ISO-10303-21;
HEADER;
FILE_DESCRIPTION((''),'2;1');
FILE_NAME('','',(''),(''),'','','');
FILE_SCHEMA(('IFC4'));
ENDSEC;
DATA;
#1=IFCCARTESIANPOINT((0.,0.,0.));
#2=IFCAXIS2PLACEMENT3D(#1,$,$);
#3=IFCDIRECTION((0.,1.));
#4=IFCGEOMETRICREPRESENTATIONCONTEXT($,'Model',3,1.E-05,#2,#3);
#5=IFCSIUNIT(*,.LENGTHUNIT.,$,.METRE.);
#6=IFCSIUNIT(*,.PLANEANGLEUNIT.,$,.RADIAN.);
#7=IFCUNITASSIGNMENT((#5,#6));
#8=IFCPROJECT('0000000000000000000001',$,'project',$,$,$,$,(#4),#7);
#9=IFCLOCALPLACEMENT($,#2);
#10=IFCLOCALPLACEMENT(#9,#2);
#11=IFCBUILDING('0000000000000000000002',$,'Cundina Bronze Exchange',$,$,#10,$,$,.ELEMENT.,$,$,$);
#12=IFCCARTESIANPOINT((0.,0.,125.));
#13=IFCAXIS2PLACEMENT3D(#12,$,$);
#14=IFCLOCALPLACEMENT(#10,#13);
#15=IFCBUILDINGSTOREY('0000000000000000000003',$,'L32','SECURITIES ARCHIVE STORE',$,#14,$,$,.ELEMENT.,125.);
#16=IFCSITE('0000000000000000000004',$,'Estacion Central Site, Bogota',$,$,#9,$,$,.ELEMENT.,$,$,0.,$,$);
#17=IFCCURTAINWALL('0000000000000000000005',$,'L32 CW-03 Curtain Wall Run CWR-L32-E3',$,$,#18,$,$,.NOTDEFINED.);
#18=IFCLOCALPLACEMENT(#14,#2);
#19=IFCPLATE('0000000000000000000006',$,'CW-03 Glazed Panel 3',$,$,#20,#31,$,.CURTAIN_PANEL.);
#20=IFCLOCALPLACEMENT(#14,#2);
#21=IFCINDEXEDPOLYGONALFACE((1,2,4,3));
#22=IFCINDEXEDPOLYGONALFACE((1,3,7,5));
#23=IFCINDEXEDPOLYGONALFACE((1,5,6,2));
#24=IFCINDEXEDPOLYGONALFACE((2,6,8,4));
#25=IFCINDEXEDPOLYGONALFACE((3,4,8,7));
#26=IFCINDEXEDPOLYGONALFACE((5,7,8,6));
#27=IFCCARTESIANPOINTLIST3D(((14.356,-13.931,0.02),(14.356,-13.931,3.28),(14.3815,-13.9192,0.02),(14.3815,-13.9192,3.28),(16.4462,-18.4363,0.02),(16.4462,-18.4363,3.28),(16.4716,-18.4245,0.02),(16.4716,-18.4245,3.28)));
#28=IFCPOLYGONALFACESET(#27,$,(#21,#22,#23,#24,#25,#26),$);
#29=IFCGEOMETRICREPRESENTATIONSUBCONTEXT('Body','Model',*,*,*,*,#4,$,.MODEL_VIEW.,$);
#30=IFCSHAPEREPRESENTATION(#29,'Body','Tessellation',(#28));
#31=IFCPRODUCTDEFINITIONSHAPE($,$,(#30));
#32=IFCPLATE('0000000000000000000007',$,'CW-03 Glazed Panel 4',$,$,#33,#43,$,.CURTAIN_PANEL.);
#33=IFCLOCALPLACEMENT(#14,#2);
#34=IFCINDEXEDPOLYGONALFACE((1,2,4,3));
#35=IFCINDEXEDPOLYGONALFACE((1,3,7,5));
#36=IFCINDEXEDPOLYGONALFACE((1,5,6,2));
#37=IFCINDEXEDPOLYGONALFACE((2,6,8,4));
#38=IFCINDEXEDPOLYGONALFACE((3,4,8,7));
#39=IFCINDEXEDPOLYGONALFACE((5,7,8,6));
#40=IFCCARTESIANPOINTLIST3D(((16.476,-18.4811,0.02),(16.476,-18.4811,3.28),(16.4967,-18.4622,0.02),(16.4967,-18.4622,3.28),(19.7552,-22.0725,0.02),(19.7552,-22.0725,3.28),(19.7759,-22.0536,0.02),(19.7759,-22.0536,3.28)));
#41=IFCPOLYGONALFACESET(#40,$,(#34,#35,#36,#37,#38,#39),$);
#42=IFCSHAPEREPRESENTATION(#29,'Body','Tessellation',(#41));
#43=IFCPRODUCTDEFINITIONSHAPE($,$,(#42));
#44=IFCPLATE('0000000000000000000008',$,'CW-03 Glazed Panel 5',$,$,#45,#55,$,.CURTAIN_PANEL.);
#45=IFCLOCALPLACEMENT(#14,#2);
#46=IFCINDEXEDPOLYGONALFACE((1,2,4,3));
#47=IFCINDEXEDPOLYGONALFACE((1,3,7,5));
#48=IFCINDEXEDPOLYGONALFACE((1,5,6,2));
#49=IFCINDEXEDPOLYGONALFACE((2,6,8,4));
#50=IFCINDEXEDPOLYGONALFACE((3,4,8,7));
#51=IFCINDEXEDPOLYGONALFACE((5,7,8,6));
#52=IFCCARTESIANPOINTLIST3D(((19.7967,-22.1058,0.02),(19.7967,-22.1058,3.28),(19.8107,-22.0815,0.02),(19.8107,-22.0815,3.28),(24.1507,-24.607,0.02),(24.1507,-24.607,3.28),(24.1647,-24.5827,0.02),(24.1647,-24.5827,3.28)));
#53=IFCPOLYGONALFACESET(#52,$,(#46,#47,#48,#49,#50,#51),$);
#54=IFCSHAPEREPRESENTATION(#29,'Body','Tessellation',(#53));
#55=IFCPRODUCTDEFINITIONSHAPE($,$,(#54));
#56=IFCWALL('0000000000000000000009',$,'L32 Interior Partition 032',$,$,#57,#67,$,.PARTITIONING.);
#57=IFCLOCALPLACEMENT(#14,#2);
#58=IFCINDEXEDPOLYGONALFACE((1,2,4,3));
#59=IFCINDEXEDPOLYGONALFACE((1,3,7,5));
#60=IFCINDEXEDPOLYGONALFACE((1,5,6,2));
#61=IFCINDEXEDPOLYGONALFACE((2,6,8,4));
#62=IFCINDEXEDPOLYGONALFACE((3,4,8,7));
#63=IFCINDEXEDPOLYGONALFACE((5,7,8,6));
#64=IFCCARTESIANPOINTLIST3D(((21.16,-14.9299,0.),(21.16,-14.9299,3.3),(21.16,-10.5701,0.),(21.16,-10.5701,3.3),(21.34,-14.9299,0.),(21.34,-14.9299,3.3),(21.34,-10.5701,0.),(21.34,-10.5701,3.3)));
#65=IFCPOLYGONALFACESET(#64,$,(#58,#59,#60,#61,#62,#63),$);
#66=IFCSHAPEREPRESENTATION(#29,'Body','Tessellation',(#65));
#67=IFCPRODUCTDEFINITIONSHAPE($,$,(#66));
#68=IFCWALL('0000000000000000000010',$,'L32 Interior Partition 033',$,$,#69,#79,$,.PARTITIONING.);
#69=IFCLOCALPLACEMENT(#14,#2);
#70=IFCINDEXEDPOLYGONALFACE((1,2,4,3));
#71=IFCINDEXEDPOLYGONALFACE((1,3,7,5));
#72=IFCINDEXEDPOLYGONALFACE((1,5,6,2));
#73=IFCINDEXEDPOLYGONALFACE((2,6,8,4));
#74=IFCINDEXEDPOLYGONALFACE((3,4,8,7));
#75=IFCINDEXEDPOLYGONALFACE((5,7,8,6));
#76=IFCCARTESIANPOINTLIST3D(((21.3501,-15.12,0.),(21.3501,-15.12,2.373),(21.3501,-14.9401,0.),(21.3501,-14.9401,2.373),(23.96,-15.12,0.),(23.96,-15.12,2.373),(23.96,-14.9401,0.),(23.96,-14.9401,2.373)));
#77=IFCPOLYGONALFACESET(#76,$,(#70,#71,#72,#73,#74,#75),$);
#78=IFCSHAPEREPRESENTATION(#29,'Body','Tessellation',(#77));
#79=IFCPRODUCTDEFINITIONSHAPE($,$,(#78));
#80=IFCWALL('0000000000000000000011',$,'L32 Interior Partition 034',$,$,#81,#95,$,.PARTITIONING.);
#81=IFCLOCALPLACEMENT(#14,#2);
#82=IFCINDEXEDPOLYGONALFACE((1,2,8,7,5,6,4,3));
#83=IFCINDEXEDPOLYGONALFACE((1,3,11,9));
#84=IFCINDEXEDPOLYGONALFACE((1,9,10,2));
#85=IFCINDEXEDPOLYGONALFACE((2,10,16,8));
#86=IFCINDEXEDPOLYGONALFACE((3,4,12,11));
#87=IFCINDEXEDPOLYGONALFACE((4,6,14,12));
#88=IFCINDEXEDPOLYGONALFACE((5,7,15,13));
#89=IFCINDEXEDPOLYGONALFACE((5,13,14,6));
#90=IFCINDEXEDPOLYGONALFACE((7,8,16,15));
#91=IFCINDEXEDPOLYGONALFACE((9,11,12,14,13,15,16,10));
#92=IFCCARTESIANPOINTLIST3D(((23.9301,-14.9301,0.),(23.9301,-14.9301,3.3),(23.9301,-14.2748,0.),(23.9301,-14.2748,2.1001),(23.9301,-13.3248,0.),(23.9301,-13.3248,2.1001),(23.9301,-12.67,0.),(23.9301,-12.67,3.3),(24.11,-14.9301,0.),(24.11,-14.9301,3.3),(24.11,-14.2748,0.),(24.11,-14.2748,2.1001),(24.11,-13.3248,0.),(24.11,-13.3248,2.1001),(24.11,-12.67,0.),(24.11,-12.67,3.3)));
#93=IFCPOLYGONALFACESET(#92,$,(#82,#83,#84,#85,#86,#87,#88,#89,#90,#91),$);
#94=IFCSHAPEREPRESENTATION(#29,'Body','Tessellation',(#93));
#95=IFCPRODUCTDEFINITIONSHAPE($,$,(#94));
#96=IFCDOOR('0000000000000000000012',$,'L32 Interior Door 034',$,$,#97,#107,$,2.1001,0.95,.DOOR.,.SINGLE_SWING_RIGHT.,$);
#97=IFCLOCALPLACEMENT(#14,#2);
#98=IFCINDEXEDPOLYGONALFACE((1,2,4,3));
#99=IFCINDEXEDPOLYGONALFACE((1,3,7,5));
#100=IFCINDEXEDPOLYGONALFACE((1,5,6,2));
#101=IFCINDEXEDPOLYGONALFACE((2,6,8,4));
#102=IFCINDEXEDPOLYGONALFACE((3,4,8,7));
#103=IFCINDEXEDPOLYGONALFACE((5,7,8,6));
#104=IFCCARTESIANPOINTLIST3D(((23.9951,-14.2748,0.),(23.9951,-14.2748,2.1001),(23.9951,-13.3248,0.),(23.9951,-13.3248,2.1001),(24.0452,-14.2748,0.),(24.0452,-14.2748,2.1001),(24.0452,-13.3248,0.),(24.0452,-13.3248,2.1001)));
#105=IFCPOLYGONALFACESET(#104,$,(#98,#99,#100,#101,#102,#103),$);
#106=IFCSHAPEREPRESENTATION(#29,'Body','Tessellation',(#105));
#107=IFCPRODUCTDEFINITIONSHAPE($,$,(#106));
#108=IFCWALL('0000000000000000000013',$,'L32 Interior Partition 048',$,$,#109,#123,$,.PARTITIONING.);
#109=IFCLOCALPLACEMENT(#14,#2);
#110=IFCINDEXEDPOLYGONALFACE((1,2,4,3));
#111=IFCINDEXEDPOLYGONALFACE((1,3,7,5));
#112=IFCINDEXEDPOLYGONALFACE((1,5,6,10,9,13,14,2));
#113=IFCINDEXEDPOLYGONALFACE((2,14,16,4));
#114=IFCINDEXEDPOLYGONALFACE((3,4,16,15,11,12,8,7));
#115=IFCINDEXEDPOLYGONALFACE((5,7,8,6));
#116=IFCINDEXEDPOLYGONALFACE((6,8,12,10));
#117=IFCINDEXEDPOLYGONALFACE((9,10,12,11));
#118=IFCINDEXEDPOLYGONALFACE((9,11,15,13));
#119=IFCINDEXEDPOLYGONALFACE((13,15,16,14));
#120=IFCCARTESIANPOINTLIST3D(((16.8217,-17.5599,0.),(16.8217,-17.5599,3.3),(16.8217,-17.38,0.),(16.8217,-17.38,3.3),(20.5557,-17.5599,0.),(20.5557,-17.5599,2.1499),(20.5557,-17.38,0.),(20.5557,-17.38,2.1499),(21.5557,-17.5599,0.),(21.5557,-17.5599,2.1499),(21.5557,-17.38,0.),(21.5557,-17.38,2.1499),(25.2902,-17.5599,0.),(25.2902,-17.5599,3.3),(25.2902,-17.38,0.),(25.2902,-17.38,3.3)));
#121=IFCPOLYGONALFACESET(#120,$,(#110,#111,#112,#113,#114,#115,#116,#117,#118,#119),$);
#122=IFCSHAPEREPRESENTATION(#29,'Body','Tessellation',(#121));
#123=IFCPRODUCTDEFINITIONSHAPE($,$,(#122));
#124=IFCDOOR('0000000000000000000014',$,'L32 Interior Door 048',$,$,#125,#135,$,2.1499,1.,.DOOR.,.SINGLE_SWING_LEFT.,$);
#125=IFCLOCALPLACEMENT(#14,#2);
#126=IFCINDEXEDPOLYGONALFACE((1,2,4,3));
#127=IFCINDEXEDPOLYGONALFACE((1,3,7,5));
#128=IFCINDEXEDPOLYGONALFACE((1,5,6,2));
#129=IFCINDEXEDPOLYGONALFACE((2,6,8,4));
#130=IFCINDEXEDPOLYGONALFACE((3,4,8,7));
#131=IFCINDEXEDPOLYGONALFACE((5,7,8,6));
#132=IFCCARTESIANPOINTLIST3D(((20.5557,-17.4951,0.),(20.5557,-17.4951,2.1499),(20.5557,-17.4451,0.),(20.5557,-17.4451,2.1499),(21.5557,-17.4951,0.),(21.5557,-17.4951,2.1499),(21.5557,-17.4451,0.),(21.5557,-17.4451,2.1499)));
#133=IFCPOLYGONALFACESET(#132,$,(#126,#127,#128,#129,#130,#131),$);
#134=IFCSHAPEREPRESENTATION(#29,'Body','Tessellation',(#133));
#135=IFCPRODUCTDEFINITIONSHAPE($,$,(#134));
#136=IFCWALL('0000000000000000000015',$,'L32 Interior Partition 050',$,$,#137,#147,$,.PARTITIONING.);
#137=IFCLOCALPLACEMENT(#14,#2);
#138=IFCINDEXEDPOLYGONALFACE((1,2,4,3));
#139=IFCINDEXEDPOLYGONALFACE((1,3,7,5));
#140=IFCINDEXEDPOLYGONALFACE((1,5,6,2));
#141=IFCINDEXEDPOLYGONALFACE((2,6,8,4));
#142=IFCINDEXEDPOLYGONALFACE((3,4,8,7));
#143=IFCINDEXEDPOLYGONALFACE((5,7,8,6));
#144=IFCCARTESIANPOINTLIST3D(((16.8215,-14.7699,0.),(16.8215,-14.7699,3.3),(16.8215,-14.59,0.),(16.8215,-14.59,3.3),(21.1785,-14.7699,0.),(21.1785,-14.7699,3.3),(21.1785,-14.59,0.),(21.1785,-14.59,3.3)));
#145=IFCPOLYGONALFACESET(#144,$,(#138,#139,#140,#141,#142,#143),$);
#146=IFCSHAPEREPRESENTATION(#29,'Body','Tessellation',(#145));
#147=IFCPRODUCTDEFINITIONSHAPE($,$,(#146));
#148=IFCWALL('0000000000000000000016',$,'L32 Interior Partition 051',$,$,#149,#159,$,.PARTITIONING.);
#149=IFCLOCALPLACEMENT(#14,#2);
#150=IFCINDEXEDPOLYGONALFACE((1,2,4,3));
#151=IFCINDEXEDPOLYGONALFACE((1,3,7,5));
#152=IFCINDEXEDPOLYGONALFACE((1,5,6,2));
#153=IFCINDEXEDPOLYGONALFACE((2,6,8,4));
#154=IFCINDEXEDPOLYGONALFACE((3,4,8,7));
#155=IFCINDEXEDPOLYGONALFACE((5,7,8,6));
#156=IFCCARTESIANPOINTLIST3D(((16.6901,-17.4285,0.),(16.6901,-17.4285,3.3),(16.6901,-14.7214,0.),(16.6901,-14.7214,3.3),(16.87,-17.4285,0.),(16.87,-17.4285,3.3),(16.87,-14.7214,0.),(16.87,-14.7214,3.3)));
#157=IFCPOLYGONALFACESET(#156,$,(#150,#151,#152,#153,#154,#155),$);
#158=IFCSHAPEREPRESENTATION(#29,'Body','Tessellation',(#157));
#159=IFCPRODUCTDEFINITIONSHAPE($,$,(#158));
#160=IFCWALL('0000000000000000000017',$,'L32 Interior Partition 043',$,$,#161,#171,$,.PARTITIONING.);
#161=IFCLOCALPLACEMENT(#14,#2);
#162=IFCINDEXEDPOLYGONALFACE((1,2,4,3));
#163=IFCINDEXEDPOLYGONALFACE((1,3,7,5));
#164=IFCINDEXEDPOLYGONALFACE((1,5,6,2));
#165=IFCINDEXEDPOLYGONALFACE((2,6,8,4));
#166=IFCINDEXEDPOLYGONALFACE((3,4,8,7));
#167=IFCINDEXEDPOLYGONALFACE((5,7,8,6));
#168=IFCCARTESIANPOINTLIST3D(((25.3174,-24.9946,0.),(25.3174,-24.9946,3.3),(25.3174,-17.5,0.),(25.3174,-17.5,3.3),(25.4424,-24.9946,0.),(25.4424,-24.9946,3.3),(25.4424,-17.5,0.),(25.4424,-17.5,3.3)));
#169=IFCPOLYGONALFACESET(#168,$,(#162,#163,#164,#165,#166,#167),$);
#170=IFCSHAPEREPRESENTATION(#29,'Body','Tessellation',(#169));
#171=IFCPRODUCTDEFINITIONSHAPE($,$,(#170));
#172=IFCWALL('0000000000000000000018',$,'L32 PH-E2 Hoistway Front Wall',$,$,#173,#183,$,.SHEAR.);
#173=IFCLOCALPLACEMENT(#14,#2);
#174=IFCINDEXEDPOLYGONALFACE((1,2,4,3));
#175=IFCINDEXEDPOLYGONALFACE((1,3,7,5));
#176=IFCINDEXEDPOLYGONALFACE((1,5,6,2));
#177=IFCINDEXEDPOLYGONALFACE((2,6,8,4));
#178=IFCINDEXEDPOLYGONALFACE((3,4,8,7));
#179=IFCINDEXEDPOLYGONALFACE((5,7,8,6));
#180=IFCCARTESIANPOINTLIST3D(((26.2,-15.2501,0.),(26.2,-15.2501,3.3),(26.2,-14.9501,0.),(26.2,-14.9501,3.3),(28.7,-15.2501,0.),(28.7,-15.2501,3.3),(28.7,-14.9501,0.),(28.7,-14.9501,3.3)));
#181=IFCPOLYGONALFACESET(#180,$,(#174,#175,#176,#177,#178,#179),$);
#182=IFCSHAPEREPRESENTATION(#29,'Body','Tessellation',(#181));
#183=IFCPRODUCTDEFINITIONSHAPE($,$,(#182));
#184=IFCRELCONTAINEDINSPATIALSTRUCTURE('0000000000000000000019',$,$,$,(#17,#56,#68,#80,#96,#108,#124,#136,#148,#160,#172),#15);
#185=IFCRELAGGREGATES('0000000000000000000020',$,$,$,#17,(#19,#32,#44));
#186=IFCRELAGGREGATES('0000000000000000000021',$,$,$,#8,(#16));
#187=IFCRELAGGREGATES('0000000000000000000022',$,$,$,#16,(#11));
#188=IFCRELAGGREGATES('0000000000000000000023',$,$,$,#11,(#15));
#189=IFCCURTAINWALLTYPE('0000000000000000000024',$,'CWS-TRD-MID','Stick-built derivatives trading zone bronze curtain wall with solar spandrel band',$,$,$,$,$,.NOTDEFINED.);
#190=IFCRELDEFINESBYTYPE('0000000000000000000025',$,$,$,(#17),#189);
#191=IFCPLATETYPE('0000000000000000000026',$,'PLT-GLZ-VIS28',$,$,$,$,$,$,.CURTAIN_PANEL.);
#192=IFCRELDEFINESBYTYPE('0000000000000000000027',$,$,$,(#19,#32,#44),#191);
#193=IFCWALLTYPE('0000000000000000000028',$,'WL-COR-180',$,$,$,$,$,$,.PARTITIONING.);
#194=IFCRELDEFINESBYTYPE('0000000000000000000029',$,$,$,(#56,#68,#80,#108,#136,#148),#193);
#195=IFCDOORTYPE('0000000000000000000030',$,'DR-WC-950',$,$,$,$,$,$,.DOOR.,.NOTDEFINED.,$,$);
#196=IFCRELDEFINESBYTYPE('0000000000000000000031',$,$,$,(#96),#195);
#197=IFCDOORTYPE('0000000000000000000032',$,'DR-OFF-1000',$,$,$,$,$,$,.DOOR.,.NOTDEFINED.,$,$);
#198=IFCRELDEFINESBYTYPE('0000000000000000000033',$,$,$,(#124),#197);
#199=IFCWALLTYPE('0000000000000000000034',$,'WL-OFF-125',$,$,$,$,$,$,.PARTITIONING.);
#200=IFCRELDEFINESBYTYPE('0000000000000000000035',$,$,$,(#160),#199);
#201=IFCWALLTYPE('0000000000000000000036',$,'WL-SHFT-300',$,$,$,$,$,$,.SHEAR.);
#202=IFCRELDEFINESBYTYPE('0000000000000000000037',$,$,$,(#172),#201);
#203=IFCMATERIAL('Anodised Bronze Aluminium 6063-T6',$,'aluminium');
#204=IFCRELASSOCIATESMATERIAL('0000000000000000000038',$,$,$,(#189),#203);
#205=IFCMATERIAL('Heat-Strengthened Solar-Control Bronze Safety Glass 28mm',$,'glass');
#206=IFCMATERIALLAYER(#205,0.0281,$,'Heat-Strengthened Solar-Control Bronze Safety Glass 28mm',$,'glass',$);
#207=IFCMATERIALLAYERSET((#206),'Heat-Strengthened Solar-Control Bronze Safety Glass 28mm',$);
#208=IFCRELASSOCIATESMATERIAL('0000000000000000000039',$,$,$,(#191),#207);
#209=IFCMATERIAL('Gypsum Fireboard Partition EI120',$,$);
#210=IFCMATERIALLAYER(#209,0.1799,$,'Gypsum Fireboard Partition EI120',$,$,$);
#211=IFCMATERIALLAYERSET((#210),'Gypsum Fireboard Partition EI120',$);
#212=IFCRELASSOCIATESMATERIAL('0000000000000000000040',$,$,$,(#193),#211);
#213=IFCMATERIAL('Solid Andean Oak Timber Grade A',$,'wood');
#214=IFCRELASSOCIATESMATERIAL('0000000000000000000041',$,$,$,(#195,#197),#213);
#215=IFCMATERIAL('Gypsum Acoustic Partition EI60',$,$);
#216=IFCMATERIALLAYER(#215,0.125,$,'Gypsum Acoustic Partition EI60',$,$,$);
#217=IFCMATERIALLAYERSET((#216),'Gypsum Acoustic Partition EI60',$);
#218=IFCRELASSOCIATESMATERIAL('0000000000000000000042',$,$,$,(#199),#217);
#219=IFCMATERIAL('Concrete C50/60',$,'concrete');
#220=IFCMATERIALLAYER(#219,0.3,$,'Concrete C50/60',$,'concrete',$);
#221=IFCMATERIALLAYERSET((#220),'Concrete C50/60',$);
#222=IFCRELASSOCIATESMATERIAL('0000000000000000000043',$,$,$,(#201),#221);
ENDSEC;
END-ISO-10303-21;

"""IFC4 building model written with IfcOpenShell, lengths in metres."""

from ifc_helpers import new_model, si_unit, direction, frame, frame_2d, origin, origin_2d, place, context, subcontext, project, spatial, rectangle, extrude, material, layer, layer_set, type_object, element, fill, aggregate, save


model = new_model("IFC4")

# Units and contexts
model_context = context("Model", 3, precision=1e-05, world=origin(), true_north=direction((0.0, 1.0)))
body_context = subcontext(model_context, "Body", "Model", "MODEL_VIEW")
ifc_project = project(units=[si_unit("LENGTHUNIT", "METRE"), si_unit("PLANEANGLEUNIT", "RADIAN")], contexts=[model_context])

# Site, building, storey
site_placement = place(None, origin())
site = spatial("IfcSite", under=ifc_project, at=site_placement, Name="Estacion Central Site, Bogota", CompositionType="ELEMENT", RefElevation=0.0)
building_placement = place(site_placement, origin())
building = spatial("IfcBuilding", under=site, at=building_placement, Name="Cundina Bronze Exchange", CompositionType="ELEMENT")
storey_placement = place(building_placement, frame((0.0, 0.0, 125.0)))
storey = spatial("IfcBuildingStorey", under=building, at=storey_placement, Name="L32", Description="SECURITIES ARCHIVE STORE", CompositionType="ELEMENT", Elevation=125.0)

# Curtain wall, plates
ifc_material_1 = material(Name="Anodised Bronze Aluminium 6063-T6", Category="aluminium")
curtain_wall_type = type_object("IfcCurtainWallType", Name="CWS-TRD-MID", Description="Stick-built derivatives trading zone bronze curtain wall with solar spandrel band", PredefinedType="NOTDEFINED", material=ifc_material_1)
curtain_wall_placement = place(storey_placement, origin())
curtain_wall = element("IfcCurtainWall", 1, at=curtain_wall_placement, inside=storey, type_object=curtain_wall_type, Name="L32 CW-03 Curtain Wall Run CWR-L32-E3", PredefinedType="NOTDEFINED")
ifc_material_2 = material(Name="Heat-Strengthened Solar-Control Bronze Safety Glass 28mm", Category="glass")
ifc_layer_1 = layer(ifc_material_2, 0.0281, Name="Heat-Strengthened Solar-Control Bronze Safety Glass 28mm", Category="glass")
ifc_layer_set_1 = layer_set([ifc_layer_1], Name="Heat-Strengthened Solar-Control Bronze Safety Glass 28mm")
plate_type = type_object("IfcPlateType", Name="PLT-GLZ-VIS28", PredefinedType="CURTAIN_PANEL", material=ifc_layer_set_1)
plate_1_placement = place(storey_placement, frame((15.4138, -16.1777, 0.02), z_axis=(0.0, 0.0, 1.0), x_axis=(0.420846, -0.907132, 0.0)))
plate_1 = element("IfcPlate", 2, at=plate_1_placement, type_object=plate_type, Name="CW-03 Glazed Panel 3", PredefinedType="CURTAIN_PANEL", context=body_context, shape_type="SweptSolid", body=[
    extrude(rectangle(XDim=4.9666, YDim=0.0281, at=origin_2d()), origin(), (0.0, 0.0, 1.0), 3.26),
])
plate_2_placement = place(storey_placement, frame((18.126, -20.2673, 0.02), z_axis=(0.0, 0.0, 1.0), x_axis=(0.674277, -0.738479, 0.0)))
plate_2 = element("IfcPlate", 3, at=plate_2_placement, type_object=plate_type, Name="CW-03 Glazed Panel 4", PredefinedType="CURTAIN_PANEL", context=body_context, shape_type="SweptSolid", body=[
    extrude(rectangle(XDim=4.8633, YDim=0.0281, at=origin_2d()), origin(), (0.0, 0.0, 1.0), 3.26),
])
plate_3_placement = place(storey_placement, frame((21.9807, -23.3442, 0.02), z_axis=(0.0, 0.0, 1.0), x_axis=(0.867105, -0.498125, 0.0)))
plate_3 = element("IfcPlate", 4, at=plate_3_placement, type_object=plate_type, Name="CW-03 Glazed Panel 5", PredefinedType="CURTAIN_PANEL", context=body_context, shape_type="SweptSolid", body=[
    extrude(rectangle(XDim=5.0212, YDim=0.0281, at=origin_2d()), origin(), (0.0, 0.0, 1.0), 3.26),
])
aggregate(curtain_wall, [plate_1, plate_2, plate_3])

# Walls
ifc_material_3 = material(Name="Gypsum Fireboard Partition EI120")
ifc_layer_2 = layer(ifc_material_3, 0.1799, Name="Gypsum Fireboard Partition EI120")
ifc_layer_set_2 = layer_set([ifc_layer_2], Name="Gypsum Fireboard Partition EI120")
wall_type_1 = type_object("IfcWallType", Name="WL-COR-180", PredefinedType="PARTITIONING", material=ifc_layer_set_2)
wall_1_placement = place(storey_placement, frame((21.25, -14.9299, 0.0), z_axis=(0.0, 0.0, 1.0), x_axis=(0.0, 1.0, 0.0)))
element("IfcWall", 5, at=wall_1_placement, inside=storey, type_object=wall_type_1, Name="L32 Interior Partition 032", PredefinedType="PARTITIONING", context=body_context, shape_type="SweptSolid", body=[
    extrude(rectangle(XDim=4.3599, YDim=0.1799, at=frame_2d((2.1799, 0.0))), origin(), (0.0, 0.0, 1.0), 3.3),
])
wall_2_placement = place(storey_placement, frame((21.3501, -15.03, 0.0), z_axis=(0.0, 0.0, 1.0), x_axis=(1.0, 0.0, 0.0)))
element("IfcWall", 6, at=wall_2_placement, inside=storey, type_object=wall_type_1, Name="L32 Interior Partition 033", PredefinedType="PARTITIONING", context=body_context, shape_type="SweptSolid", body=[
    extrude(rectangle(XDim=2.6099, YDim=0.1799, at=frame_2d((1.3049, 0.0))), origin(), (0.0, 0.0, 1.0), 2.373),
])

# Walls, openings, doors
wall_3_placement = place(storey_placement, frame((24.02, -14.9299, 0.0), z_axis=(0.0, 0.0, 1.0), x_axis=(0.0, 1.0, 0.0)))
wall_3 = element("IfcWall", 7, at=wall_3_placement, inside=storey, type_object=wall_type_1, Name="L32 Interior Partition 034", PredefinedType="PARTITIONING", context=body_context, shape_type="SweptSolid", body=[
    extrude(rectangle(XDim=2.26, YDim=0.1799, at=frame_2d((1.1299, 0.0))), origin(), (0.0, 0.0, 1.0), 3.3),
])
opening_1_placement = place(wall_3_placement, frame((0.655, 0.0, 0.0)))
opening_1 = element("IfcOpeningElement", 8, at=opening_1_placement, cuts=wall_3, PredefinedType="OPENING", context=body_context, shape_type="SweptSolid", body=[
    extrude(rectangle(XDim=0.95, YDim=2.1001, at=frame_2d((0.4751, 1.05))), frame((0.0, 0.0999, 0.0), z_axis=(0.0, -1.0, 0.0), x_axis=(1.0, 0.0, 0.0)), (0.0, 0.0, 1.0), 0.2),
])
ifc_material_4 = material(Name="Solid Andean Oak Timber Grade A", Category="wood")
door_type_1 = type_object("IfcDoorType", Name="DR-WC-950", OperationType="NOTDEFINED", PredefinedType="DOOR", material=ifc_material_4)
door_1_placement = place(opening_1_placement, origin())
door_1 = element("IfcDoor", 9, at=door_1_placement, inside=storey, type_object=door_type_1, Name="L32 Interior Door 034", OperationType="SINGLE_SWING_RIGHT", OverallHeight=2.1001, OverallWidth=0.95, PredefinedType="DOOR", context=body_context, shape_type="SweptSolid", body=[
    extrude(rectangle(XDim=0.95, YDim=2.1001, at=frame_2d((0.4751, 1.05))), frame((0.0, 0.0249, 0.0), z_axis=(0.0, -1.0, 0.0), x_axis=(1.0, 0.0, 0.0)), (0.0, 0.0, 1.0), 0.05),
])
fill(opening_1, door_1)
door_type_2 = type_object("IfcDoorType", Name="DR-OFF-1000", OperationType="NOTDEFINED", PredefinedType="DOOR", material=ifc_material_4)
wall_4_placement = place(storey_placement, frame((16.8215, -17.47, 0.0), z_axis=(0.0, 0.0, 1.0), x_axis=(1.0, 0.0, 0.0)))
wall_4 = element("IfcWall", 10, at=wall_4_placement, inside=storey, type_object=wall_type_1, Name="L32 Interior Partition 048", PredefinedType="PARTITIONING", context=body_context, shape_type="SweptSolid", body=[
    extrude(rectangle(XDim=8.4685, YDim=0.1799, at=frame_2d((4.2344, 0.0))), origin(), (0.0, 0.0, 1.0), 3.3),
])
opening_2_placement = place(wall_4_placement, frame((3.7341, 0.0, 0.0)))
opening_2 = element("IfcOpeningElement", 11, at=opening_2_placement, cuts=wall_4, PredefinedType="OPENING", context=body_context, shape_type="SweptSolid", body=[
    extrude(rectangle(XDim=1.0, YDim=2.1499, at=frame_2d((0.5, 1.075))), frame((0.0, 0.0999, 0.0), z_axis=(0.0, -1.0, 0.0), x_axis=(1.0, 0.0, 0.0)), (0.0, 0.0, 1.0), 0.2),
])
door_2_placement = place(opening_2_placement, origin())
door_2 = element("IfcDoor", 12, at=door_2_placement, inside=storey, type_object=door_type_2, Name="L32 Interior Door 048", OperationType="SINGLE_SWING_LEFT", OverallHeight=2.1499, OverallWidth=1.0, PredefinedType="DOOR", context=body_context, shape_type="SweptSolid", body=[
    extrude(rectangle(XDim=1.0, YDim=2.1499, at=frame_2d((0.5, 1.075))), frame((0.0, 0.0249, 0.0), z_axis=(0.0, -1.0, 0.0), x_axis=(1.0, 0.0, 0.0)), (0.0, 0.0, 1.0), 0.05),
])
fill(opening_2, door_2)

# Walls
wall_5_placement = place(storey_placement, frame((21.1785, -14.6799, 0.0), z_axis=(0.0, 0.0, 1.0), x_axis=(-1.0, 0.0, 0.0)))
element("IfcWall", 13, at=wall_5_placement, inside=storey, type_object=wall_type_1, Name="L32 Interior Partition 050", PredefinedType="PARTITIONING", context=body_context, shape_type="SweptSolid", body=[
    extrude(rectangle(XDim=4.3569, YDim=0.1799, at=frame_2d((2.1785, 0.0))), origin(), (0.0, 0.0, 1.0), 3.3),
])
wall_6_placement = place(storey_placement, frame((16.78, -14.7214, 0.0), z_axis=(0.0, 0.0, 1.0), x_axis=(0.0, -1.0, 0.0)))
element("IfcWall", 14, at=wall_6_placement, inside=storey, type_object=wall_type_1, Name="L32 Interior Partition 051", PredefinedType="PARTITIONING", context=body_context, shape_type="SweptSolid", body=[
    extrude(rectangle(XDim=2.707, YDim=0.1799, at=frame_2d((1.3535, 0.0))), origin(), (0.0, 0.0, 1.0), 3.3),
])
ifc_material_5 = material(Name="Gypsum Acoustic Partition EI60")
ifc_layer_3 = layer(ifc_material_5, 0.125, Name="Gypsum Acoustic Partition EI60")
ifc_layer_set_3 = layer_set([ifc_layer_3], Name="Gypsum Acoustic Partition EI60")
wall_type_2 = type_object("IfcWallType", Name="WL-OFF-125", PredefinedType="PARTITIONING", material=ifc_layer_set_3)
wall_7_placement = place(storey_placement, frame((25.3799, -24.9946, 0.0), z_axis=(0.0, 0.0, 1.0), x_axis=(0.0, 1.0, 0.0)))
element("IfcWall", 15, at=wall_7_placement, inside=storey, type_object=wall_type_2, Name="L32 Interior Partition 043", PredefinedType="PARTITIONING", context=body_context, shape_type="SweptSolid", body=[
    extrude(rectangle(XDim=7.4946, YDim=0.125, at=frame_2d((3.7473, 0.0))), origin(), (0.0, 0.0, 1.0), 3.3),
])
ifc_material_6 = material(Name="Concrete C50/60", Category="concrete")
ifc_layer_4 = layer(ifc_material_6, 0.3, Name="Concrete C50/60", Category="concrete")
ifc_layer_set_4 = layer_set([ifc_layer_4], Name="Concrete C50/60")
wall_type_3 = type_object("IfcWallType", Name="WL-SHFT-300", PredefinedType="SHEAR", material=ifc_layer_set_4)
wall_8_placement = place(storey_placement, frame((26.2, -15.1001, 0.0), z_axis=(0.0, 0.0, 1.0), x_axis=(1.0, 0.0, 0.0)))
element("IfcWall", 16, at=wall_8_placement, inside=storey, type_object=wall_type_3, Name="L32 PH-E2 Hoistway Front Wall", PredefinedType="SHEAR", context=body_context, shape_type="SweptSolid", body=[
    extrude(rectangle(XDim=2.5, YDim=0.3, at=frame_2d((1.25, 0.0))), origin(), (0.0, 0.0, 1.0), 3.3),
])

save(model, "model.ifc")
